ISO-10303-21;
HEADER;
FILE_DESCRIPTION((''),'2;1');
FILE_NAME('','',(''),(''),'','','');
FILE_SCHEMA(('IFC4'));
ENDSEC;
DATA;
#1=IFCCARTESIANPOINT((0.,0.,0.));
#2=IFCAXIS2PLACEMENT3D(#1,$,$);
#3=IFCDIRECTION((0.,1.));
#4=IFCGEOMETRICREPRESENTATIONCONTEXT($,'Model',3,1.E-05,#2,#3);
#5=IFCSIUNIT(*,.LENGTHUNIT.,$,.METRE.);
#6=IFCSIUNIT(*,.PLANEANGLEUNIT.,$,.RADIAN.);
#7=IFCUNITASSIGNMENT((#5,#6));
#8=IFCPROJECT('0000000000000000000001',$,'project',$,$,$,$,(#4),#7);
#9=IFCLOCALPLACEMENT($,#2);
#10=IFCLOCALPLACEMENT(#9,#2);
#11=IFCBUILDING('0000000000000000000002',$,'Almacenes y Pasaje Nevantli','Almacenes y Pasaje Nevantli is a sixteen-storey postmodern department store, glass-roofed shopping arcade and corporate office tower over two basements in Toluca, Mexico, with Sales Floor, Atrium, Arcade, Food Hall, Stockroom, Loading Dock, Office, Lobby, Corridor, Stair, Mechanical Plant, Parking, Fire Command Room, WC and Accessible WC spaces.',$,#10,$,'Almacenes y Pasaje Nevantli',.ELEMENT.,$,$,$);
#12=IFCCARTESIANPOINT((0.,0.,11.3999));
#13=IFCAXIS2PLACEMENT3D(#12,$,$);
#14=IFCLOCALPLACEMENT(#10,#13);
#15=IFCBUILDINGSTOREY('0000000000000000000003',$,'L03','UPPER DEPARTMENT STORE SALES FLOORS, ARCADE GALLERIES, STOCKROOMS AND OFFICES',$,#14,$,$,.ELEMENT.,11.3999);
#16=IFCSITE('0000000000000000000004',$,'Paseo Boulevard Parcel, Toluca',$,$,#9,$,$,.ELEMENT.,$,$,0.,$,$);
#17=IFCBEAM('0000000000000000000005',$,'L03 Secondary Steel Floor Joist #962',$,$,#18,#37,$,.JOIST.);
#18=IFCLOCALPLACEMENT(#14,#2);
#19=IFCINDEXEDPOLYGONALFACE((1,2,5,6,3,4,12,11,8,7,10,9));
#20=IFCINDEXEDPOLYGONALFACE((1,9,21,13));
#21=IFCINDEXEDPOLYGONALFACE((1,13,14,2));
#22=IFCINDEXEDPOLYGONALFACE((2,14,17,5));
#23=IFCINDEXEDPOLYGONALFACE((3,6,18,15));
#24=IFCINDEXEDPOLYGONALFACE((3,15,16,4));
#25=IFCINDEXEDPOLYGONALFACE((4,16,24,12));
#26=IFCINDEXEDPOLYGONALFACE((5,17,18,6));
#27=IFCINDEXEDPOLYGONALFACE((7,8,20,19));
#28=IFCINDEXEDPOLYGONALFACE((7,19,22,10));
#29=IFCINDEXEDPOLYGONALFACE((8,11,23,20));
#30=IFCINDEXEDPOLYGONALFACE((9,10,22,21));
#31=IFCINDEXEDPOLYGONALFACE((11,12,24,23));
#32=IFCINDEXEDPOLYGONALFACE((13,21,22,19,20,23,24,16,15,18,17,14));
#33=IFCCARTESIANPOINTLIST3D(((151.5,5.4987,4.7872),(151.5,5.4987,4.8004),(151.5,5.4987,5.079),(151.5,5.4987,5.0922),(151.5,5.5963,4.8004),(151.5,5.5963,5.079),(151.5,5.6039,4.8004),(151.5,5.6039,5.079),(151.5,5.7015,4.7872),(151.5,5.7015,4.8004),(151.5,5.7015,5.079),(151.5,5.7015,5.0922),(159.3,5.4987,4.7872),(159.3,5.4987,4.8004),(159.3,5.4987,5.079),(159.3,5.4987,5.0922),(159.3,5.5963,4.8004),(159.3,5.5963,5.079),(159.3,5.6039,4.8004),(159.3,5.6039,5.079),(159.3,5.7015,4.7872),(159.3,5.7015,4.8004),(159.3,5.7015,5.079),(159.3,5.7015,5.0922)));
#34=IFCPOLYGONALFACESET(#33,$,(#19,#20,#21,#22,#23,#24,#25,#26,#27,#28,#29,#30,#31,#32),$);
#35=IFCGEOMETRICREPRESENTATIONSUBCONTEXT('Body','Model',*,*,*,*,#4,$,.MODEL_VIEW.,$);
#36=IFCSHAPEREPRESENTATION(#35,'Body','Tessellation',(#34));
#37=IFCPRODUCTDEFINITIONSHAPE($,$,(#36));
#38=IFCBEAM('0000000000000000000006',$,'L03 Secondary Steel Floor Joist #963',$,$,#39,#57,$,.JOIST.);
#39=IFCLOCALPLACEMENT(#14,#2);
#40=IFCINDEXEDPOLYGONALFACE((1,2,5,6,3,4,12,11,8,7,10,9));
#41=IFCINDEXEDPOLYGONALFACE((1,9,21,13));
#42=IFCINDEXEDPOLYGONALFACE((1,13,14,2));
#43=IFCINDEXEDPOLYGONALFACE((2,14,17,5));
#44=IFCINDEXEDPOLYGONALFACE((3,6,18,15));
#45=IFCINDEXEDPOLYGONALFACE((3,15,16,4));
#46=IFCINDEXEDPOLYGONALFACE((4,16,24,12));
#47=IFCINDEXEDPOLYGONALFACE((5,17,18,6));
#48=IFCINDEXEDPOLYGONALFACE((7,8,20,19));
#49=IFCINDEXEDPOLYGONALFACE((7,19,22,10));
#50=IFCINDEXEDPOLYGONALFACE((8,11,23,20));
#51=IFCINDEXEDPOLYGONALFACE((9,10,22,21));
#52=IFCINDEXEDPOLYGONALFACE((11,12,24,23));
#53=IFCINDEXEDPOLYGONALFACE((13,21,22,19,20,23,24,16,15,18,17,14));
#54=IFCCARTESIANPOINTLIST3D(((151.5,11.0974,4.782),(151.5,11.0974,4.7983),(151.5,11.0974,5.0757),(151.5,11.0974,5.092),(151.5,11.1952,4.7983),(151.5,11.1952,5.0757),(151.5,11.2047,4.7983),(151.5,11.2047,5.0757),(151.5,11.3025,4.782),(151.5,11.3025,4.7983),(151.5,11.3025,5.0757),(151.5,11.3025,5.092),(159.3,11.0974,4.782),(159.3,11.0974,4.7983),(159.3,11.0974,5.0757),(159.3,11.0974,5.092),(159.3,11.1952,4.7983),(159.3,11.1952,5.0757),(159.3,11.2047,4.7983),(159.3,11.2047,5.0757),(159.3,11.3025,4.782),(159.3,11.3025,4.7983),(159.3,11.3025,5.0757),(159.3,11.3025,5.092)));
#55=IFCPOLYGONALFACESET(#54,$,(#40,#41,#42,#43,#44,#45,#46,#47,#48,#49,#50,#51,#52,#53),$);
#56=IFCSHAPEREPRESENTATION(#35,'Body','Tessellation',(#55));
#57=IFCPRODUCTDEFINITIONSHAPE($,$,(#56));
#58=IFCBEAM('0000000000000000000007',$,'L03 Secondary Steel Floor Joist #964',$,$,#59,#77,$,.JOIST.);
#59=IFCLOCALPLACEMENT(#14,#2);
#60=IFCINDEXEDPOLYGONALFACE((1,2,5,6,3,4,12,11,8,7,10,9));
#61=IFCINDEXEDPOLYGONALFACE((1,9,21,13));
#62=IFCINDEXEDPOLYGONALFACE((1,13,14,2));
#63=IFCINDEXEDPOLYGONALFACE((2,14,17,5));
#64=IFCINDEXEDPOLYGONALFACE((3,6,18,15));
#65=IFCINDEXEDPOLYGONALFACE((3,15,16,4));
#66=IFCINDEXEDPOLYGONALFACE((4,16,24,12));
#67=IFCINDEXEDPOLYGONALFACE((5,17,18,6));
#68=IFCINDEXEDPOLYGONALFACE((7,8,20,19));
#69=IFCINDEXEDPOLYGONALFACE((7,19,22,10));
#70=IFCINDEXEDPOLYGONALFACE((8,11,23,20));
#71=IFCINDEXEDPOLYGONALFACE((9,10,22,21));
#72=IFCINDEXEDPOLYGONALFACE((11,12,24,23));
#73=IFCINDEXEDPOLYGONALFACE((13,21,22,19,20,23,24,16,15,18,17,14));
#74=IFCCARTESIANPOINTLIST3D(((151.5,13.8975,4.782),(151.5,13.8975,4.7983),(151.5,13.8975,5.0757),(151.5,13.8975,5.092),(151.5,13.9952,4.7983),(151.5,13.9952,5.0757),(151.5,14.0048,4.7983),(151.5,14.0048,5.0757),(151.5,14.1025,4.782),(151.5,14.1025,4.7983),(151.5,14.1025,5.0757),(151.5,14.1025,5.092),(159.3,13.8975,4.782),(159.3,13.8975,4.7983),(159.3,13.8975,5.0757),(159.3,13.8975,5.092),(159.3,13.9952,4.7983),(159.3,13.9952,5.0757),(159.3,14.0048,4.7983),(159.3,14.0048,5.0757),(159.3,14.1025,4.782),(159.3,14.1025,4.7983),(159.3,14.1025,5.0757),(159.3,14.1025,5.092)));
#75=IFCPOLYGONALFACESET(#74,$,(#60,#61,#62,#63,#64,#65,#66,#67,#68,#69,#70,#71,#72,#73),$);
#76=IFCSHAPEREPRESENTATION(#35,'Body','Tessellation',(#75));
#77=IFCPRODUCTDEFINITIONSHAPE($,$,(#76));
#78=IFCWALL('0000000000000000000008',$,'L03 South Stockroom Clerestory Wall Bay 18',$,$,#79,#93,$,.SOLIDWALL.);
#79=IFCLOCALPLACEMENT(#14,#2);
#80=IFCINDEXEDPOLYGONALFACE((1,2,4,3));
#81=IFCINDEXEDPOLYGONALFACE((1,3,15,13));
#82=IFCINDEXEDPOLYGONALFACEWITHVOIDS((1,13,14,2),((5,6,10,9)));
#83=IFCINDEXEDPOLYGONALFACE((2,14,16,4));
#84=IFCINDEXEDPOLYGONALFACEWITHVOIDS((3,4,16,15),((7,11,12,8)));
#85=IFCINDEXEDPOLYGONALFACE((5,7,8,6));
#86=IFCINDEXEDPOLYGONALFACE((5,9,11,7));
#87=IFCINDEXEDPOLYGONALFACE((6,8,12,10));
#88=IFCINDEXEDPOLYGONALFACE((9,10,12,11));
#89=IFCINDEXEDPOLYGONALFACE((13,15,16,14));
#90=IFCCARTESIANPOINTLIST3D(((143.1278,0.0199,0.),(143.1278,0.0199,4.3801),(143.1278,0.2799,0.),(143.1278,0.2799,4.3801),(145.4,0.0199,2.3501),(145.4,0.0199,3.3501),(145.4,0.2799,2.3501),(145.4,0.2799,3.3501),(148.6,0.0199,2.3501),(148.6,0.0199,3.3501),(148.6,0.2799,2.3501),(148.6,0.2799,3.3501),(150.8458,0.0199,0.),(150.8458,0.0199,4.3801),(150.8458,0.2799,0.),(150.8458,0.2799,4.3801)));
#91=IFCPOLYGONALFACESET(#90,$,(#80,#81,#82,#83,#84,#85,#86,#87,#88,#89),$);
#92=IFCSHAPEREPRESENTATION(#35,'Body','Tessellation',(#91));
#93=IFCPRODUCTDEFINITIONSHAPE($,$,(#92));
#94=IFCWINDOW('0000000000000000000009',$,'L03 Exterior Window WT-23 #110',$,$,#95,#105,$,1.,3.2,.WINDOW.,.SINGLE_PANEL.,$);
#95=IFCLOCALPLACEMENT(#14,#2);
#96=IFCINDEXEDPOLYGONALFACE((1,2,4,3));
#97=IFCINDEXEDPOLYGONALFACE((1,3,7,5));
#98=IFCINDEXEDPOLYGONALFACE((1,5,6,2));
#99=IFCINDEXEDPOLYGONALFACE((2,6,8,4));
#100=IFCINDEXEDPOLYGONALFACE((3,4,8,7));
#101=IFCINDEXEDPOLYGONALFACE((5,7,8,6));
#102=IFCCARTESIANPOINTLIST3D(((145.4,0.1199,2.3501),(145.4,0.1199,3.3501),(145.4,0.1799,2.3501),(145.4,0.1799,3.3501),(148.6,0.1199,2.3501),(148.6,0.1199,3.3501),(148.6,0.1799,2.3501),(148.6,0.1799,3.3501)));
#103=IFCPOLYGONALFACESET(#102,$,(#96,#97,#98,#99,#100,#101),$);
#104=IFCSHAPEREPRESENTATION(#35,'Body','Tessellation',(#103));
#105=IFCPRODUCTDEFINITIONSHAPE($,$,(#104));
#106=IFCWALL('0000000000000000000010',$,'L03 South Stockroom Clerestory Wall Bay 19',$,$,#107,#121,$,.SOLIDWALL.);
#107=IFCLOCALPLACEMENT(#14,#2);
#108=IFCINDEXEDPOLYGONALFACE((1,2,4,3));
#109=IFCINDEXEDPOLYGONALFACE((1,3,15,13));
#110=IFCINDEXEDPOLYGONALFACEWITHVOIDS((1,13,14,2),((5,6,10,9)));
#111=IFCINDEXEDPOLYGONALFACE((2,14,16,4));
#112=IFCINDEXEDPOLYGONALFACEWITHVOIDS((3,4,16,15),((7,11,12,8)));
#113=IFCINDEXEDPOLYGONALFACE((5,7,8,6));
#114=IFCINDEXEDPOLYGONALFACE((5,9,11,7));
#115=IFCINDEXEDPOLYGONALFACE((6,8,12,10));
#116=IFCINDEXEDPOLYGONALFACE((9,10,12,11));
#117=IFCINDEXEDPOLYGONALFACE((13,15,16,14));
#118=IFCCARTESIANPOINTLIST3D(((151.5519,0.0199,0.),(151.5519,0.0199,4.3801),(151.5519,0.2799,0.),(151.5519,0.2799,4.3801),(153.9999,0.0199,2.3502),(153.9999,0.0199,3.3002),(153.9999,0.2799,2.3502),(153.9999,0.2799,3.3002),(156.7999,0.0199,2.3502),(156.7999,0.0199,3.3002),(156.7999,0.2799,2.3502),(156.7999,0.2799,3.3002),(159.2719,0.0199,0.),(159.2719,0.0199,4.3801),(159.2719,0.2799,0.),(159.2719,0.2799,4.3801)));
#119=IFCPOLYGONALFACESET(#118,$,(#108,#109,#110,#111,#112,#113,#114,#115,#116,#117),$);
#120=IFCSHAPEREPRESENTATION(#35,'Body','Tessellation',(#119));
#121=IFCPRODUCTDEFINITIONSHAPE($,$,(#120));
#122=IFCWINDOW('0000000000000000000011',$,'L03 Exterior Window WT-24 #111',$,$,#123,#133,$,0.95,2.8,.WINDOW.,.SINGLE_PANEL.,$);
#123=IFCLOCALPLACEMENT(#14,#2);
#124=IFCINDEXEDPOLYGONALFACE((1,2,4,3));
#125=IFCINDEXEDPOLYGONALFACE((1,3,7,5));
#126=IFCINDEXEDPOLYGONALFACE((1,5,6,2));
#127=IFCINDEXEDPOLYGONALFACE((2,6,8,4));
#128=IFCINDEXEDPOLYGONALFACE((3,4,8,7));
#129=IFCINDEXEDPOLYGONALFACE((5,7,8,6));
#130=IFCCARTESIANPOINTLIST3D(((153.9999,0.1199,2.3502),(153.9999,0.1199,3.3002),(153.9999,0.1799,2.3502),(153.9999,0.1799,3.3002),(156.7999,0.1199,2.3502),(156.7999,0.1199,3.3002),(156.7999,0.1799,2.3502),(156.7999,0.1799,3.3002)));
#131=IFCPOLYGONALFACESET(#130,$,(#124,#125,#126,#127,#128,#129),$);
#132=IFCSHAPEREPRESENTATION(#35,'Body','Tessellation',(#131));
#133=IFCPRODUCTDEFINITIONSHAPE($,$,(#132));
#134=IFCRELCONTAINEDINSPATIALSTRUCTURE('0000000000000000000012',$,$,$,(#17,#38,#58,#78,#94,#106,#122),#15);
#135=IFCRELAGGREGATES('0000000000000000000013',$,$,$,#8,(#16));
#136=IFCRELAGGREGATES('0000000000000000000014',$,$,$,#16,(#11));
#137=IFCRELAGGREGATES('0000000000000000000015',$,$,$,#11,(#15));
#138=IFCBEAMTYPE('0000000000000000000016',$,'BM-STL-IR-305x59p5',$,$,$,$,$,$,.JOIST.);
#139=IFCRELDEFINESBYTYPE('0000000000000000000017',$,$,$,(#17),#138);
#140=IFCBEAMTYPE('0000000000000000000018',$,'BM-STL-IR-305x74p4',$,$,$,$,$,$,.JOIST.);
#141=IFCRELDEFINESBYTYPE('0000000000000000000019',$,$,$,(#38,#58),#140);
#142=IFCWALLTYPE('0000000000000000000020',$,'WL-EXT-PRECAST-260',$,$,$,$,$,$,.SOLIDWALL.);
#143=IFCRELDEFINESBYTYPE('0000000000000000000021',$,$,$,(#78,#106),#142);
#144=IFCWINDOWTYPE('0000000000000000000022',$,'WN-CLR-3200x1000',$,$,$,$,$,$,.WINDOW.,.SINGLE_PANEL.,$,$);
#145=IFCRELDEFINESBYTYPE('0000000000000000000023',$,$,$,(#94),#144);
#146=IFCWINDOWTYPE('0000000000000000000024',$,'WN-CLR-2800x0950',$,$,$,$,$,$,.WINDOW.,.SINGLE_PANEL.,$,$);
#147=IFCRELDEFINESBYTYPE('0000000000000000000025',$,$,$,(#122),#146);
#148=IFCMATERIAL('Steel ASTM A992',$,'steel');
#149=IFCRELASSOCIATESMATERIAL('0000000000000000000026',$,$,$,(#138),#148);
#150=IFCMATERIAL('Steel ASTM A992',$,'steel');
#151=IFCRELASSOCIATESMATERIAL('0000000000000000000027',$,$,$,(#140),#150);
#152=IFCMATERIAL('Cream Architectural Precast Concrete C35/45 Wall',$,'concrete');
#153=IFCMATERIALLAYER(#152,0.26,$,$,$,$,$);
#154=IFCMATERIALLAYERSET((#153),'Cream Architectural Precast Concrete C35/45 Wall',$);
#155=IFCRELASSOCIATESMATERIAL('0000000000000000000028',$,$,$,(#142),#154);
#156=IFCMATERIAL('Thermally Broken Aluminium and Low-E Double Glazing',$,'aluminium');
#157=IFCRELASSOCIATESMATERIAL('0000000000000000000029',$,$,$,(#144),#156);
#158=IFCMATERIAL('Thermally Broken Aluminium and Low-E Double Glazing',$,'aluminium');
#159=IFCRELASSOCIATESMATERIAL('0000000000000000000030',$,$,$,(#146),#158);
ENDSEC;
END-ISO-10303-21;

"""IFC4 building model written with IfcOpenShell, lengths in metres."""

from ifc_helpers import new_model, si_unit, direction, frame, frame_2d, origin, origin_2d, place, context, subcontext, project, spatial, rectangle, i_section, extrude, material, layer, layer_set, material_profile, profile_set, type_object, element, fill, save


model = new_model("IFC4")

# Units and contexts
model_context = context("Model", 3, precision=1e-05, world=origin(), true_north=direction((0.0, 1.0)))
body_context = subcontext(model_context, "Body", "Model", "MODEL_VIEW")
ifc_project = project(units=[si_unit("LENGTHUNIT", "METRE"), si_unit("PLANEANGLEUNIT", "RADIAN")], contexts=[model_context])

# Site, building, storey
site_placement = place(None, origin())
site = spatial("IfcSite", under=ifc_project, at=site_placement, Name="Paseo Boulevard Parcel, Toluca", CompositionType="ELEMENT", RefElevation=0.0)
building_placement = place(site_placement, origin())
building = spatial("IfcBuilding", under=site, at=building_placement, Name="Almacenes y Pasaje Nevantli", Description="Almacenes y Pasaje Nevantli is a sixteen-storey postmodern department store, glass-roofed shopping arcade and corporate office tower over two basements in Toluca, Mexico, with Sales Floor, Atrium, Arcade, Food Hall, Stockroom, Loading Dock, Office, Lobby, Corridor, Stair, Mechanical Plant, Parking, Fire Command Room, WC and Accessible WC spaces.", LongName="Almacenes y Pasaje Nevantli", CompositionType="ELEMENT")
storey_placement = place(building_placement, frame((0.0, 0.0, 11.3999)))
storey = spatial("IfcBuildingStorey", under=building, at=storey_placement, Name="L03", Description="UPPER DEPARTMENT STORE SALES FLOORS, ARCADE GALLERIES, STOCKROOMS AND OFFICES", CompositionType="ELEMENT", Elevation=11.3999)

# Beams
ifc_material_1 = material(Name="Steel ASTM A992", Category="steel")
ifc_material_profile_1 = material_profile(ifc_material_1, i_section(OverallWidth=0.2029, OverallDepth=0.3049, WebThickness=0.0076, FlangeThickness=0.0132, at=origin_2d()), Name="IR 305x59.5")
ifc_profile_set_1 = profile_set([ifc_material_profile_1], Name="Steel ASTM A992")
beam_type_1 = type_object("IfcBeamType", Name="BM-STL-IR-305x59p5", PredefinedType="JOIST", material=ifc_profile_set_1)
for number, where, z_axis, x_axis, name in (
    (1, (151.5, 5.6001, 4.9397), (1.0, 0.0, 0.0), (0.0, 1.0, 0.0), "L03 Secondary Steel Floor Joist #962"),
):
    element("IfcBeam", number, at=place(storey_placement, frame(where, z_axis=z_axis, x_axis=x_axis)), inside=storey, type_object=beam_type_1, Name=name, PredefinedType="JOIST", context=body_context, shape_type="SweptSolid", body=[
        extrude(i_section(OverallWidth=0.2029, OverallDepth=0.3049, WebThickness=0.0076, FlangeThickness=0.0132, at=origin_2d()), origin(), (0.0, 0.0, 1.0), 7.8),
    ])
ifc_material_2 = material(Name="Steel ASTM A992", Category="steel")
ifc_material_profile_2 = material_profile(ifc_material_2, i_section(OverallWidth=0.2051, OverallDepth=0.3101, WebThickness=0.0095, FlangeThickness=0.0164, at=origin_2d()), Name="IR 305x74.4")
ifc_profile_set_2 = profile_set([ifc_material_profile_2], Name="Steel ASTM A992")
beam_type_2 = type_object("IfcBeamType", Name="BM-STL-IR-305x74p4", PredefinedType="JOIST", material=ifc_profile_set_2)
for number, where, z_axis, x_axis, name in (
    (2, (151.5, 11.2, 4.937), (1.0, 0.0, 0.0), (0.0, 1.0, 0.0), "L03 Secondary Steel Floor Joist #963"),
    (3, (151.5, 14.0, 4.937), (1.0, 0.0, 0.0), (0.0, 1.0, 0.0), "L03 Secondary Steel Floor Joist #964"),
):
    element("IfcBeam", number, at=place(storey_placement, frame(where, z_axis=z_axis, x_axis=x_axis)), inside=storey, type_object=beam_type_2, Name=name, PredefinedType="JOIST", context=body_context, shape_type="SweptSolid", body=[
        extrude(i_section(OverallWidth=0.2051, OverallDepth=0.3101, WebThickness=0.0095, FlangeThickness=0.0164, at=origin_2d()), origin(), (0.0, 0.0, 1.0), 7.8),
    ])

# Walls, openings, windows
ifc_material_3 = material(Name="Cream Architectural Precast Concrete C35/45 Wall", Category="concrete")
ifc_layer = layer(ifc_material_3, 0.26)
ifc_layer_set = layer_set([ifc_layer], Name="Cream Architectural Precast Concrete C35/45 Wall")
wall_type = type_object("IfcWallType", Name="WL-EXT-PRECAST-260", PredefinedType="SOLIDWALL", material=ifc_layer_set)
wall_1_placement = place(storey_placement, frame((143.1279, 0.1499, 0.0), z_axis=(0.0, 0.0, 1.0), x_axis=(1.0, 0.0, 0.0)))
wall_1 = element("IfcWall", 4, at=wall_1_placement, inside=storey, type_object=wall_type, Name="L03 South Stockroom Clerestory Wall Bay 18", PredefinedType="SOLIDWALL", context=body_context, shape_type="SweptSolid", body=[
    extrude(rectangle(XDim=7.718, YDim=0.26, at=frame_2d((3.8589, 0.0))), origin(), (0.0, 0.0, 1.0), 4.3801),
])
opening_1_placement = place(wall_1_placement, frame((2.272, 0.0, 2.3501)))
opening_1 = element("IfcOpeningElement", 5, at=opening_1_placement, cuts=wall_1, PredefinedType="OPENING", context=body_context, shape_type="SweptSolid", body=[
    extrude(rectangle(XDim=3.2, YDim=1.0, at=frame_2d((1.6001, 0.5))), frame((0.0, 0.1399, 0.0), z_axis=(0.0, -1.0, 0.0), x_axis=(1.0, 0.0, 0.0)), (0.0, 0.0, 1.0), 0.28),
])
ifc_material_4 = material(Name="Thermally Broken Aluminium and Low-E Double Glazing", Category="aluminium")
window_type_1 = type_object("IfcWindowType", Name="WN-CLR-3200x1000", PartitioningType="SINGLE_PANEL", PredefinedType="WINDOW", material=ifc_material_4)
window_1_placement = place(opening_1_placement, origin())
window_1 = element("IfcWindow", 6, at=window_1_placement, inside=storey, type_object=window_type_1, Name="L03 Exterior Window WT-23 #110", OverallHeight=1.0, OverallWidth=3.2, PartitioningType="SINGLE_PANEL", PredefinedType="WINDOW", context=body_context, shape_type="SweptSolid", body=[
    extrude(rectangle(XDim=3.2, YDim=1.0, at=frame_2d((1.6001, 0.5))), frame((0.0, 0.03, 0.0), z_axis=(0.0, -1.0, 0.0), x_axis=(1.0, 0.0, 0.0)), (0.0, 0.0, 1.0), 0.0601),
])
fill(opening_1, window_1)
wall_2_placement = place(storey_placement, frame((151.552, 0.1499, 0.0), z_axis=(0.0, 0.0, 1.0), x_axis=(1.0, 0.0, 0.0)))
wall_2 = element("IfcWall", 7, at=wall_2_placement, inside=storey, type_object=wall_type, Name="L03 South Stockroom Clerestory Wall Bay 19", PredefinedType="SOLIDWALL", context=body_context, shape_type="SweptSolid", body=[
    extrude(rectangle(XDim=7.72, YDim=0.26, at=frame_2d((3.8599, 0.0))), origin(), (0.0, 0.0, 1.0), 4.3801),
])
opening_2_placement = place(wall_2_placement, frame((2.448, 0.0, 2.3501)))
opening_2 = element("IfcOpeningElement", 8, at=opening_2_placement, cuts=wall_2, PredefinedType="OPENING", context=body_context, shape_type="SweptSolid", body=[
    extrude(rectangle(XDim=2.8, YDim=0.95, at=frame_2d((1.3999, 0.4751))), frame((0.0, 0.1399, 0.0), z_axis=(0.0, -1.0, 0.0), x_axis=(1.0, 0.0, 0.0)), (0.0, 0.0, 1.0), 0.28),
])
ifc_material_5 = material(Name="Thermally Broken Aluminium and Low-E Double Glazing", Category="aluminium")
window_type_2 = type_object("IfcWindowType", Name="WN-CLR-2800x0950", PartitioningType="SINGLE_PANEL", PredefinedType="WINDOW", material=ifc_material_5)
window_2_placement = place(opening_2_placement, origin())
window_2 = element("IfcWindow", 9, at=window_2_placement, inside=storey, type_object=window_type_2, Name="L03 Exterior Window WT-24 #111", OverallHeight=0.95, OverallWidth=2.8, PartitioningType="SINGLE_PANEL", PredefinedType="WINDOW", context=body_context, shape_type="SweptSolid", body=[
    extrude(rectangle(XDim=2.8, YDim=0.95, at=frame_2d((1.3999, 0.4751))), frame((0.0, 0.03, 0.0), z_axis=(0.0, -1.0, 0.0), x_axis=(1.0, 0.0, 0.0)), (0.0, 0.0, 1.0), 0.0601),
])
fill(opening_2, window_2)

save(model, "model.ifc")
